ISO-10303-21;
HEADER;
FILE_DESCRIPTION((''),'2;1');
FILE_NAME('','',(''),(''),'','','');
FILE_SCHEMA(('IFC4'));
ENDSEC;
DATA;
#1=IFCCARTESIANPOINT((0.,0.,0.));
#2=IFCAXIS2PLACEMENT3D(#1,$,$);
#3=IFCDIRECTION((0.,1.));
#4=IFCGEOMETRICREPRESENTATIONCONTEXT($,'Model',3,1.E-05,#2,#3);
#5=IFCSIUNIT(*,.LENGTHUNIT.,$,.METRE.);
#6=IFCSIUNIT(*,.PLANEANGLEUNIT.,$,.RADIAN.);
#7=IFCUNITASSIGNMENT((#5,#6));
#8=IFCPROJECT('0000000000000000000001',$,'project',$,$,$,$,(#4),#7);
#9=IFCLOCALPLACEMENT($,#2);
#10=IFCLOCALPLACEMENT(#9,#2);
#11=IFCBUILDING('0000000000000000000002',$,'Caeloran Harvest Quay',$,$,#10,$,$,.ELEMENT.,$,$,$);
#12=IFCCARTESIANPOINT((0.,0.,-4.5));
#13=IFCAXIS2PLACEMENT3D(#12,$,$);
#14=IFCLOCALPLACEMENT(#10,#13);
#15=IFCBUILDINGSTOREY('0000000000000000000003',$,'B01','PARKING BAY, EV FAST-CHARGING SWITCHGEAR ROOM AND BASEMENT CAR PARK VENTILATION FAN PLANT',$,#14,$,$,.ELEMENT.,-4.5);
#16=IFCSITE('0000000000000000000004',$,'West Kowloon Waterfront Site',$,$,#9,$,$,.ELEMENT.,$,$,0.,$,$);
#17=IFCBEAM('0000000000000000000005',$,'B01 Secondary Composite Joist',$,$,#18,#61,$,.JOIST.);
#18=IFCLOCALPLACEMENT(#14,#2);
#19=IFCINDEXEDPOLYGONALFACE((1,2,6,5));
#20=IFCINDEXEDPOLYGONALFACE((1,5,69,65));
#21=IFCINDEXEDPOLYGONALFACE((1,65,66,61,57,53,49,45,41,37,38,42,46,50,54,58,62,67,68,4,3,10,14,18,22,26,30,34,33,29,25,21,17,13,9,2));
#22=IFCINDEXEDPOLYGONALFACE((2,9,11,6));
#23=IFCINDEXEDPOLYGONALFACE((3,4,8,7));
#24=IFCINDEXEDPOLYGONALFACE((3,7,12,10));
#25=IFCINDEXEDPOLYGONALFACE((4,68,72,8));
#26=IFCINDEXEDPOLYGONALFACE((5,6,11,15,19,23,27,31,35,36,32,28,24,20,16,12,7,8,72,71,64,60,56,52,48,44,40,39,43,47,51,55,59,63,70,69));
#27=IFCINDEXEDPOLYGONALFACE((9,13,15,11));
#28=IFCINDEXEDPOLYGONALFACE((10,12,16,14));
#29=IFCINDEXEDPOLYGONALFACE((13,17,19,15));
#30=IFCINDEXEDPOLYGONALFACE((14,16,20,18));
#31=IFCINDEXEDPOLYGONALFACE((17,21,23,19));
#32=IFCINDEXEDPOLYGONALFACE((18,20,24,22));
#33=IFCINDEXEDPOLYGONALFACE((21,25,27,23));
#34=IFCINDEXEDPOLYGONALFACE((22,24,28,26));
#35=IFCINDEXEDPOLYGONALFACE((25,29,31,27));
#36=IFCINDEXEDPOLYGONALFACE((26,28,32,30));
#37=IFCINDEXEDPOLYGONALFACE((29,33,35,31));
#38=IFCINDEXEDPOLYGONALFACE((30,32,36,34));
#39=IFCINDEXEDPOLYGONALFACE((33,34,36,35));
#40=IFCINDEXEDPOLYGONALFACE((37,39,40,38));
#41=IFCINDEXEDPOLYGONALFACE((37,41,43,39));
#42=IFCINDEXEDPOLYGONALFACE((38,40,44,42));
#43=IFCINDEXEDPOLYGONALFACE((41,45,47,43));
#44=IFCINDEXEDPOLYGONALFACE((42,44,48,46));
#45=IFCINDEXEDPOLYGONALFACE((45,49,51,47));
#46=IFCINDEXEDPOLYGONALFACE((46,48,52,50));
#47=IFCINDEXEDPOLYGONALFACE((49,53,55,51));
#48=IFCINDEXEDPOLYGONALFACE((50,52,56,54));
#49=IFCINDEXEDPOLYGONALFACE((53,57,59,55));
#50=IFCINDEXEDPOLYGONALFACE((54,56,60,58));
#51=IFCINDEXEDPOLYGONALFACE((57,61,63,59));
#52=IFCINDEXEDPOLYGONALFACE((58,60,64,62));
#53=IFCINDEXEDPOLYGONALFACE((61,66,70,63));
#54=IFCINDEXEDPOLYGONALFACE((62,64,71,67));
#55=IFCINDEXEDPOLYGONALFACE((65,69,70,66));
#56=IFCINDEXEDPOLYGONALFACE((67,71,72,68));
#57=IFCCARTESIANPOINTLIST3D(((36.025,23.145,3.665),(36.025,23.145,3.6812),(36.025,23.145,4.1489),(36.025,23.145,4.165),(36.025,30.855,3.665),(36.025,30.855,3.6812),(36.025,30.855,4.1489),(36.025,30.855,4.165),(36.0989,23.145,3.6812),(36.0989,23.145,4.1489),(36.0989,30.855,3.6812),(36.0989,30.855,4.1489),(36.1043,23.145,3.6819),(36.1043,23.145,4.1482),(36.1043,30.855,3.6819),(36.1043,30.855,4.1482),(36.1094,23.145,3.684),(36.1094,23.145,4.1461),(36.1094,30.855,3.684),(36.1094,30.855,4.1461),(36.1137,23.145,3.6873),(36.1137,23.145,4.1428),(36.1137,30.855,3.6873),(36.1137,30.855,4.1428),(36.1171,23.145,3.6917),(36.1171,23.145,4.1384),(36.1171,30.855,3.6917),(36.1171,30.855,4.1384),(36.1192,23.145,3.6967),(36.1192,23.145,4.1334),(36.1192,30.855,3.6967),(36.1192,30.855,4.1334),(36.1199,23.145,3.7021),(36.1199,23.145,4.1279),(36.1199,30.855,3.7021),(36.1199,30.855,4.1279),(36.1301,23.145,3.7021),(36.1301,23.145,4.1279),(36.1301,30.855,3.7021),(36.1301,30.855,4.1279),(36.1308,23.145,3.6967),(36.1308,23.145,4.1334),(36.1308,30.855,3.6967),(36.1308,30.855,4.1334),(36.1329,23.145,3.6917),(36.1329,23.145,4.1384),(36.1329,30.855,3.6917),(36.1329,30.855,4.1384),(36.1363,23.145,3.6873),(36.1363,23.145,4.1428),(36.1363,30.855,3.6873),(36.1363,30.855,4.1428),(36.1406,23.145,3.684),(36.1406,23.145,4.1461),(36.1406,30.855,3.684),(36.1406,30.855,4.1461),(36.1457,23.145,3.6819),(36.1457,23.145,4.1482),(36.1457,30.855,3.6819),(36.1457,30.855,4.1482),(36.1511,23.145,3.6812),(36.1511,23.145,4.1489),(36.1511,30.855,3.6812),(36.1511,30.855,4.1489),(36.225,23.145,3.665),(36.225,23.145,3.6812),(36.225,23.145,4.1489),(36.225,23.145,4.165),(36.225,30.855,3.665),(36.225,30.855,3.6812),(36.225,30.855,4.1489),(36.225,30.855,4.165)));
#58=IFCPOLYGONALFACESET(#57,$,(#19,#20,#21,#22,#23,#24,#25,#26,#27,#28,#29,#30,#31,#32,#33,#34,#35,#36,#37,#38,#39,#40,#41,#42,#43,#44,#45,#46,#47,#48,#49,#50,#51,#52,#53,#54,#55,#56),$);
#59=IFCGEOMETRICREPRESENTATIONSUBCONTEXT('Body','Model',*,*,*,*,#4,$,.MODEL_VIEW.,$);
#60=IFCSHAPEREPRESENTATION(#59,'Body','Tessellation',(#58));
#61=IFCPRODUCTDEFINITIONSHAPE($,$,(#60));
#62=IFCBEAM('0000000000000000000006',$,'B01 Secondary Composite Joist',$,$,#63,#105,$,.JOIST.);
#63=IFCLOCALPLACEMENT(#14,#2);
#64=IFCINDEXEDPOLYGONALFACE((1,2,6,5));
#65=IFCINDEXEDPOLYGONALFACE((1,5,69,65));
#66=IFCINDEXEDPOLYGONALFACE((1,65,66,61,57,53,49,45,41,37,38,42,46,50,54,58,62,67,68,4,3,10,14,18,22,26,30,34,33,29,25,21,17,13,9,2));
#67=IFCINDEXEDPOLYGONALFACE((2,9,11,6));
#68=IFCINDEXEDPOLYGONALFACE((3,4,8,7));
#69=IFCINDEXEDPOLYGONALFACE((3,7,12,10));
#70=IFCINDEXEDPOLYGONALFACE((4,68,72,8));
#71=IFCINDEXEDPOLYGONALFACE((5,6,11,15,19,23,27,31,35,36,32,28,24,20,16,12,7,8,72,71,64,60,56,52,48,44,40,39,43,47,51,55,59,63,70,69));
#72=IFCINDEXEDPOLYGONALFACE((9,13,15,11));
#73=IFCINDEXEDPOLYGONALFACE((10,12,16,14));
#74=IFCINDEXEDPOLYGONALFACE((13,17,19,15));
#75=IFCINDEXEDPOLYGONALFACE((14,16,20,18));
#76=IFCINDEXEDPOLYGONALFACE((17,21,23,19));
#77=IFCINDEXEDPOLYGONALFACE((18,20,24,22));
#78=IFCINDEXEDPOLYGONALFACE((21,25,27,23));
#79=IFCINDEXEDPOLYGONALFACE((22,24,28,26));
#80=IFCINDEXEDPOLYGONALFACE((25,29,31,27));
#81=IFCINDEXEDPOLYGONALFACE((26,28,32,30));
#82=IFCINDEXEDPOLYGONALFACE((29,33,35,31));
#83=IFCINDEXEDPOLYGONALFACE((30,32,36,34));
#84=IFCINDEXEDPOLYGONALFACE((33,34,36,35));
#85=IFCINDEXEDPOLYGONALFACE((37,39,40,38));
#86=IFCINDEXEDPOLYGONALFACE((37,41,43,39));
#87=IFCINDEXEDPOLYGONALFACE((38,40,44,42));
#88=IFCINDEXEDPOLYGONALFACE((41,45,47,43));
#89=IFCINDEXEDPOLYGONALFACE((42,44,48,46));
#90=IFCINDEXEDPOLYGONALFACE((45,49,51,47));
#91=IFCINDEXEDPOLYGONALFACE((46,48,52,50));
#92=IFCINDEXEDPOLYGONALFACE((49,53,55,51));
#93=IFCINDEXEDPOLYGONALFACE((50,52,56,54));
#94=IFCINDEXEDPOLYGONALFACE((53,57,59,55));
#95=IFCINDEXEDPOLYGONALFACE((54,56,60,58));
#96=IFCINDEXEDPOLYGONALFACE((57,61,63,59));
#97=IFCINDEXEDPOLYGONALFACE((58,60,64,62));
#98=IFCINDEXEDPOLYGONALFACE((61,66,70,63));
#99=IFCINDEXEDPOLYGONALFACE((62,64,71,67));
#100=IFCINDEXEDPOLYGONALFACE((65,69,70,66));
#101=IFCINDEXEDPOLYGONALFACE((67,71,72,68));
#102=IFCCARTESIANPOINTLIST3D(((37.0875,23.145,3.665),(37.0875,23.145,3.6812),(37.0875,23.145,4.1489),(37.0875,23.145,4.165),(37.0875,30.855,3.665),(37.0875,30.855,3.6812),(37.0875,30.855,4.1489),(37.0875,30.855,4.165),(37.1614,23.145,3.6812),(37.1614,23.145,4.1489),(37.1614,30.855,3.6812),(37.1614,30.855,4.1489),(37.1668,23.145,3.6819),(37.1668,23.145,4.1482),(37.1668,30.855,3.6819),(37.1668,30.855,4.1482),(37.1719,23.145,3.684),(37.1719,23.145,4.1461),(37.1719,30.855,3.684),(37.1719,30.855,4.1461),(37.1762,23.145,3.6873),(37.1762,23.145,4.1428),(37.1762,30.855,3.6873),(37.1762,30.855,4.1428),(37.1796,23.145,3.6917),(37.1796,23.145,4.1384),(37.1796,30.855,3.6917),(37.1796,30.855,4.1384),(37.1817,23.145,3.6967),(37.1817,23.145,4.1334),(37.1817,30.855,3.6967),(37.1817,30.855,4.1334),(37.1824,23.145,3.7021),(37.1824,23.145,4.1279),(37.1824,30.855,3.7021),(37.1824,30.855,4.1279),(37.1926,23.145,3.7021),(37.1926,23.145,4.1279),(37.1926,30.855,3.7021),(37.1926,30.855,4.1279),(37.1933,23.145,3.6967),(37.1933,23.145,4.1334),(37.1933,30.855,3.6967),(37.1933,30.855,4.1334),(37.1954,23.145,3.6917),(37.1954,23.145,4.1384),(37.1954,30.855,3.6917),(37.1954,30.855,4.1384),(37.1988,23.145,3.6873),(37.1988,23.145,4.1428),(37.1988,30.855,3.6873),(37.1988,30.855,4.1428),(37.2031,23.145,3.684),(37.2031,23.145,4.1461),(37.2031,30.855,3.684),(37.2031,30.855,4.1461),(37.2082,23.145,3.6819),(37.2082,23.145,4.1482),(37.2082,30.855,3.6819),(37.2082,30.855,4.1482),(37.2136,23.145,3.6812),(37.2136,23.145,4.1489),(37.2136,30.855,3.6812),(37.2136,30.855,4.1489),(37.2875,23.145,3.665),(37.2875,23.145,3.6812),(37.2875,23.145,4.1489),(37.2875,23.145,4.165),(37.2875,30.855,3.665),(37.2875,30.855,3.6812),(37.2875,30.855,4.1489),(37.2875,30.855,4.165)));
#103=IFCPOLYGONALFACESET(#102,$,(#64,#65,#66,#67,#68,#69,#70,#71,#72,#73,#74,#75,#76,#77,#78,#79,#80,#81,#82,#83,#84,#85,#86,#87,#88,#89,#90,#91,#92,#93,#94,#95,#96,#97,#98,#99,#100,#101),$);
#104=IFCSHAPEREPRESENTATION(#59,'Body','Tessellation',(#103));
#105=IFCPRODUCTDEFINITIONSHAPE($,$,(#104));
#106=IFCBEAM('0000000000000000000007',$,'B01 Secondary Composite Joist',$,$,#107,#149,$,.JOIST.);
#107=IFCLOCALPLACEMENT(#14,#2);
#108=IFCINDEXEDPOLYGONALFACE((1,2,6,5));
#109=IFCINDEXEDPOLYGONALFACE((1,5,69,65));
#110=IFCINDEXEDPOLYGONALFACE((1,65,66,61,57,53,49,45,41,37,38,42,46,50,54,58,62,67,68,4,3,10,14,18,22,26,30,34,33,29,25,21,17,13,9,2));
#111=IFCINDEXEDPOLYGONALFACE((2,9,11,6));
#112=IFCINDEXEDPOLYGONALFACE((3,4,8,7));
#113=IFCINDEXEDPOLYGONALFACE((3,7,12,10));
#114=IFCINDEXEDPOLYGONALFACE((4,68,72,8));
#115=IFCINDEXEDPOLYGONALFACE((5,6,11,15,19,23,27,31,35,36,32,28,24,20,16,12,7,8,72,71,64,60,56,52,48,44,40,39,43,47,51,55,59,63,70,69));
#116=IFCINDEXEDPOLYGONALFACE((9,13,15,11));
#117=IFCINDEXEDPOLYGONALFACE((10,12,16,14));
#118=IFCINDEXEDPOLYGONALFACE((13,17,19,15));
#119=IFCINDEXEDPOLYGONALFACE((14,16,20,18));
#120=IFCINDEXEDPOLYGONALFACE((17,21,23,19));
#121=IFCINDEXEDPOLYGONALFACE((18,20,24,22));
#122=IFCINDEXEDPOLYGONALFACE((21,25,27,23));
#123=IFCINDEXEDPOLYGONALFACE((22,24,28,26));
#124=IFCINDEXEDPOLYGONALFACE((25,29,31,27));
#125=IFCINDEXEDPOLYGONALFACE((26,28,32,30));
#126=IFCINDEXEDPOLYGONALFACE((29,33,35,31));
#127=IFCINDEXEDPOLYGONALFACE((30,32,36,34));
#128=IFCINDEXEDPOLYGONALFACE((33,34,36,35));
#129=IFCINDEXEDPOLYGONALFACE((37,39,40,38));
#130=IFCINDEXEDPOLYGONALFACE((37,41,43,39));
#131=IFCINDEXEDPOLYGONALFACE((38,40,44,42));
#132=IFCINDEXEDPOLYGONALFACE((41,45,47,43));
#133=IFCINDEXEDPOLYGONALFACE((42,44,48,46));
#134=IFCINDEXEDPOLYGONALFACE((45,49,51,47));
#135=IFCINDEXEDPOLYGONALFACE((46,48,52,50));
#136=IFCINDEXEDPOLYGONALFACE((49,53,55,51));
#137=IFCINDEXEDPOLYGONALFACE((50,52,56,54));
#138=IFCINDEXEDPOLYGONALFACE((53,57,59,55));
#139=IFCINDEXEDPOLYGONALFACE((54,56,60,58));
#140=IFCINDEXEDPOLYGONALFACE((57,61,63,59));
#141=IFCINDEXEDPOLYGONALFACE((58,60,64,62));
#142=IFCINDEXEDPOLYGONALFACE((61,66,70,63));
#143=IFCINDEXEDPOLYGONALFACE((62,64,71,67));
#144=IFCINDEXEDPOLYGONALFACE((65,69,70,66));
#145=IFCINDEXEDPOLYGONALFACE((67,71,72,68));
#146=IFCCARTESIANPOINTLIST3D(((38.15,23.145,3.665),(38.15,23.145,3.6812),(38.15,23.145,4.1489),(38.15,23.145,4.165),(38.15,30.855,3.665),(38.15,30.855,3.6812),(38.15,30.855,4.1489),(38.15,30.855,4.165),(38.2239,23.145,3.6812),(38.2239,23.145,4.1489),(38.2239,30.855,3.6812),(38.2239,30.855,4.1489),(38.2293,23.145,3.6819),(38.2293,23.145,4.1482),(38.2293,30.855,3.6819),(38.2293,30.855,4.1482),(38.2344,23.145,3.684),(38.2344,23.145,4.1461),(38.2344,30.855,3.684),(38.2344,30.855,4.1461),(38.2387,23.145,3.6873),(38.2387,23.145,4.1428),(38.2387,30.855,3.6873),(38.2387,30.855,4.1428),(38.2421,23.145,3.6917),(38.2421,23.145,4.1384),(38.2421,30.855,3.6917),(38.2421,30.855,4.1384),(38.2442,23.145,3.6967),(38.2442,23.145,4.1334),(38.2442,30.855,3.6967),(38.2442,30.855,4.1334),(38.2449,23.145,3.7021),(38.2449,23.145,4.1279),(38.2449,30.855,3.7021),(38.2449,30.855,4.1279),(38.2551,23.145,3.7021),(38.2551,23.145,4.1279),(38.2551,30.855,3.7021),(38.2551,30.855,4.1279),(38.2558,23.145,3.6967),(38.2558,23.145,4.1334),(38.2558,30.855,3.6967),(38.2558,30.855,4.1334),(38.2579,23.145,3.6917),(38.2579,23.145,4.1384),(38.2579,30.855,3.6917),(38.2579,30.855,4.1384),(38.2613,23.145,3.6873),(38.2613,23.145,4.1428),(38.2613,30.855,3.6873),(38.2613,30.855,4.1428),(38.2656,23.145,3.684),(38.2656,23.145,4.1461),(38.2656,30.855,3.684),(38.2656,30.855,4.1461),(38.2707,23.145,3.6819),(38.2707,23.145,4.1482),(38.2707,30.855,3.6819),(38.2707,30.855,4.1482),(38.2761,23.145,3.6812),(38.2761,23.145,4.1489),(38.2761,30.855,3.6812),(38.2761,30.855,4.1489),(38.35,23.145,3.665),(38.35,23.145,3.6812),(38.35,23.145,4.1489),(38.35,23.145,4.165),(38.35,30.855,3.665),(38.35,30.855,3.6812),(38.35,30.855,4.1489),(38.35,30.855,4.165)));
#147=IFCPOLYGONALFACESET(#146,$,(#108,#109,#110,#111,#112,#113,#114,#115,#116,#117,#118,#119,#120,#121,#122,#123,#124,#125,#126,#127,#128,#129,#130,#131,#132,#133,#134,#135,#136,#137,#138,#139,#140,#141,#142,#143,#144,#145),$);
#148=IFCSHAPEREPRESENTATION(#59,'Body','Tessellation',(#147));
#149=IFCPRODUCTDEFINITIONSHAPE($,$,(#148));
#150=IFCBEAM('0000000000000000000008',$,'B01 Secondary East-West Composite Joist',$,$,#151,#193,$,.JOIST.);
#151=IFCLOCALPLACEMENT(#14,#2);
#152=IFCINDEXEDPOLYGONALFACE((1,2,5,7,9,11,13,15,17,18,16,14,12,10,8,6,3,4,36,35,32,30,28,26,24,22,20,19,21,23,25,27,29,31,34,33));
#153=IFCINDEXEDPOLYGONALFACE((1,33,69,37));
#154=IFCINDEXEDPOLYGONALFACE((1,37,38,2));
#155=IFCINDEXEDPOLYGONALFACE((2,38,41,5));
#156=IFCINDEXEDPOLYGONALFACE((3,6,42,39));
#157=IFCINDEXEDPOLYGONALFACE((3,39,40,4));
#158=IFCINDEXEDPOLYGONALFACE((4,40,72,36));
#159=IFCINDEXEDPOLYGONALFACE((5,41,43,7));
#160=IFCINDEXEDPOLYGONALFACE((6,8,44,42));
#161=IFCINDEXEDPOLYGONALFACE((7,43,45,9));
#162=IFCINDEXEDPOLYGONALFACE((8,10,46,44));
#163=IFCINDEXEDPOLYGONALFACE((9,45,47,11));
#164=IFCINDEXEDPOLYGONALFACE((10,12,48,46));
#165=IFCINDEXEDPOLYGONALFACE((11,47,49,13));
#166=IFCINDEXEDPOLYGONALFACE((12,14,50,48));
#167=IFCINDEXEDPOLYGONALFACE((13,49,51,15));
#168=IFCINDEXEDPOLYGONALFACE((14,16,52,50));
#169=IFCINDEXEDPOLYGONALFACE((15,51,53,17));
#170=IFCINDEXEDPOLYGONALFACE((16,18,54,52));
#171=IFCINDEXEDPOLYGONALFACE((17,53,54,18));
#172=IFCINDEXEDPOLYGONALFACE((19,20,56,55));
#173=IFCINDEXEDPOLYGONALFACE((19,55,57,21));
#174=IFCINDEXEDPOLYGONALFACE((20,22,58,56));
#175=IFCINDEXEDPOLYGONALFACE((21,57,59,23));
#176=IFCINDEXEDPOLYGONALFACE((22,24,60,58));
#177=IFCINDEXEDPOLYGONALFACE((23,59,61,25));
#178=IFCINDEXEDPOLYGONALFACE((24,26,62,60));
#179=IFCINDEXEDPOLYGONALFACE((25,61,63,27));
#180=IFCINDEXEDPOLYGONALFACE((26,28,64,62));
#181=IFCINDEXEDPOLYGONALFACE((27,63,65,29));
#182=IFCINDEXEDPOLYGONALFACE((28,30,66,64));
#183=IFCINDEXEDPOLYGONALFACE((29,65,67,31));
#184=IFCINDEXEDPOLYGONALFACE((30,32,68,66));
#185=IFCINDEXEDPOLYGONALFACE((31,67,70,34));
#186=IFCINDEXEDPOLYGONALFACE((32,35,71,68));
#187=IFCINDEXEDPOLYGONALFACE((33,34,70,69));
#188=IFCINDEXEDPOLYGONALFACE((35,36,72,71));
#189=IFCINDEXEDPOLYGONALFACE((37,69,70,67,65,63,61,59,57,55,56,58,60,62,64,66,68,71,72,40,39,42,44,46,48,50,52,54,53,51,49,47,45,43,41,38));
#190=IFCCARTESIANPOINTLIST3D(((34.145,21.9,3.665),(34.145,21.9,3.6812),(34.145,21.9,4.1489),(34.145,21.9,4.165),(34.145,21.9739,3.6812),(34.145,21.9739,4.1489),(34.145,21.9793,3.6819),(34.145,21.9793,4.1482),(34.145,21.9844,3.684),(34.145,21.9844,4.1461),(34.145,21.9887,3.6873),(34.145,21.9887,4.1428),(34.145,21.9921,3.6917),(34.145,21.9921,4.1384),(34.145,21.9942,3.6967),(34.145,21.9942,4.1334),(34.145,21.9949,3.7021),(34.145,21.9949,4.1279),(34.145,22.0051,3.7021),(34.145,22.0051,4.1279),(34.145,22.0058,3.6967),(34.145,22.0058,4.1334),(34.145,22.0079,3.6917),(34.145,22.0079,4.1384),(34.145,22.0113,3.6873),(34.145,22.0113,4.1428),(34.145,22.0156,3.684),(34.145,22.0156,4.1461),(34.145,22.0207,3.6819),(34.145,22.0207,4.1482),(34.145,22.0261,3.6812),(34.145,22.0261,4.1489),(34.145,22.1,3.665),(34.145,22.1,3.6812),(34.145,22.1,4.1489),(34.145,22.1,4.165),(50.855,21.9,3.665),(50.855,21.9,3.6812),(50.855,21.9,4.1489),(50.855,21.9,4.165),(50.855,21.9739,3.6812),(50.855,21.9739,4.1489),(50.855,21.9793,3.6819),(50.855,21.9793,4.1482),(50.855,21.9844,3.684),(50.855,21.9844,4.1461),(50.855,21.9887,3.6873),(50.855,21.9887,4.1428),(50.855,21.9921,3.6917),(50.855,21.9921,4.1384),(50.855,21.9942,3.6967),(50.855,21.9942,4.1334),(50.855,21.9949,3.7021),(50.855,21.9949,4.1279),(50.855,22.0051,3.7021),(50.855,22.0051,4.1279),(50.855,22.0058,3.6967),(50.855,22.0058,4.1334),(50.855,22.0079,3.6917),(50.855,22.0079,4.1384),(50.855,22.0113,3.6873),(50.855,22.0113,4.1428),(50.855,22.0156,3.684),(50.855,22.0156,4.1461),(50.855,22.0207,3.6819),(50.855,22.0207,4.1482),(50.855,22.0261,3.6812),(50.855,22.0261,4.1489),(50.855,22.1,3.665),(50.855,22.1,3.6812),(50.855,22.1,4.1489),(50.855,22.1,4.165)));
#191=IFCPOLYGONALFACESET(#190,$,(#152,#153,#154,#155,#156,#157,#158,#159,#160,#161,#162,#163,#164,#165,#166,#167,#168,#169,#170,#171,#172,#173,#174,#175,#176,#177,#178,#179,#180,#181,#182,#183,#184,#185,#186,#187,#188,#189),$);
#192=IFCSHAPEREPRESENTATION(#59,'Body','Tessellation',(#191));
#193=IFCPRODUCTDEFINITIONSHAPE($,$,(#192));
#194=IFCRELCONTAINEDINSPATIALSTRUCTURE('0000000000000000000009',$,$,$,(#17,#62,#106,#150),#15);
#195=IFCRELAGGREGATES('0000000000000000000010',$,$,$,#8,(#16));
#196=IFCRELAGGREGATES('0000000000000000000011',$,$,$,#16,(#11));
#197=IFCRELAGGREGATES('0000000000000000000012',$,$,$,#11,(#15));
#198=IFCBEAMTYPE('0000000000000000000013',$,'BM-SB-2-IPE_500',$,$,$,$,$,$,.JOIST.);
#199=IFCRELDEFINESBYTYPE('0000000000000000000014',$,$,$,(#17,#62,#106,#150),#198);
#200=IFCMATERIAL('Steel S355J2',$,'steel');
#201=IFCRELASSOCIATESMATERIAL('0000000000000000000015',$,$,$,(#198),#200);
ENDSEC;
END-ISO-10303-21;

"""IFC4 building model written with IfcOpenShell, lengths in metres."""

from ifc_helpers import new_model, si_unit, direction, frame, origin, origin_2d, place, context, subcontext, project, spatial, i_section, extrude, material, material_profile, profile_set, type_object, element, save


model = new_model("IFC4")

# Units and contexts
model_context = context("Model", 3, precision=1e-05, world=origin(), true_north=direction((0.0, 1.0)))
body_context = subcontext(model_context, "Body", "Model", "MODEL_VIEW")
ifc_project = project(units=[si_unit("LENGTHUNIT", "METRE"), si_unit("PLANEANGLEUNIT", "RADIAN")], contexts=[model_context])

# Site, building, storey
site_placement = place(None, origin())
site = spatial("IfcSite", under=ifc_project, at=site_placement, Name="West Kowloon Waterfront Site", CompositionType="ELEMENT", RefElevation=0.0)
building_placement = place(site_placement, origin())
building = spatial("IfcBuilding", under=site, at=building_placement, Name="Caeloran Harvest Quay", CompositionType="ELEMENT")
storey_placement = place(building_placement, frame((0.0, 0.0, -4.5)))
storey = spatial("IfcBuildingStorey", under=building, at=storey_placement, Name="B01", Description="PARKING BAY, EV FAST-CHARGING SWITCHGEAR ROOM AND BASEMENT CAR PARK VENTILATION FAN PLANT", CompositionType="ELEMENT", Elevation=-4.5)

# Beams
ifc_material_1 = material(Name="Steel S355J2", Category="steel")
ifc_material_profile_1 = material_profile(ifc_material_1, i_section(OverallWidth=0.2, OverallDepth=0.5, WebThickness=0.0103, FlangeThickness=0.0161, FilletRadius=0.021, at=origin_2d()), Name="IPE 500")
ifc_profile_set_1 = profile_set([ifc_material_profile_1], Name="Steel S355J2")
beam_type_1 = type_object("IfcBeamType", Name="BM-SB-2-IPE_500", PredefinedType="JOIST", material=ifc_profile_set_1)
for number, where, z_axis, x_axis, name in (
    (1, (36.125, 23.145, 3.915), (0.0, 1.0, 0.0), (-1.0, 0.0, 0.0), "B01 Secondary Composite Joist"),
    (2, (37.1875, 23.145, 3.915), (0.0, 1.0, 0.0), (-1.0, 0.0, 0.0), "B01 Secondary Composite Joist"),
    (3, (38.25, 23.145, 3.915), (0.0, 1.0, 0.0), (-1.0, 0.0, 0.0), "B01 Secondary Composite Joist"),
):
    element("IfcBeam", number, at=place(storey_placement, frame(where, z_axis=z_axis, x_axis=x_axis)), inside=storey, type_object=beam_type_1, Name=name, PredefinedType="JOIST", context=body_context, shape_type="SweptSolid", body=[
        extrude(i_section(OverallWidth=0.2, OverallDepth=0.5, WebThickness=0.0103, FlangeThickness=0.0161, FilletRadius=0.021, at=origin_2d()), origin(), (0.0, 0.0, 1.0), 7.71),
    ])
beam_1_placement = place(storey_placement, frame((34.145, 22.0, 3.915), z_axis=(1.0, 0.0, 0.0), x_axis=(0.0, 1.0, 0.0)))
element("IfcBeam", 4, at=beam_1_placement, inside=storey, type_object=beam_type_1, Name="B01 Secondary East-West Composite Joist", PredefinedType="JOIST", context=body_context, shape_type="SweptSolid", body=[
    extrude(i_section(OverallWidth=0.2, OverallDepth=0.5, WebThickness=0.0103, FlangeThickness=0.0161, FilletRadius=0.021, at=origin_2d()), origin(), (0.0, 0.0, 1.0), 16.71),
])

save(model, "model.ifc")
